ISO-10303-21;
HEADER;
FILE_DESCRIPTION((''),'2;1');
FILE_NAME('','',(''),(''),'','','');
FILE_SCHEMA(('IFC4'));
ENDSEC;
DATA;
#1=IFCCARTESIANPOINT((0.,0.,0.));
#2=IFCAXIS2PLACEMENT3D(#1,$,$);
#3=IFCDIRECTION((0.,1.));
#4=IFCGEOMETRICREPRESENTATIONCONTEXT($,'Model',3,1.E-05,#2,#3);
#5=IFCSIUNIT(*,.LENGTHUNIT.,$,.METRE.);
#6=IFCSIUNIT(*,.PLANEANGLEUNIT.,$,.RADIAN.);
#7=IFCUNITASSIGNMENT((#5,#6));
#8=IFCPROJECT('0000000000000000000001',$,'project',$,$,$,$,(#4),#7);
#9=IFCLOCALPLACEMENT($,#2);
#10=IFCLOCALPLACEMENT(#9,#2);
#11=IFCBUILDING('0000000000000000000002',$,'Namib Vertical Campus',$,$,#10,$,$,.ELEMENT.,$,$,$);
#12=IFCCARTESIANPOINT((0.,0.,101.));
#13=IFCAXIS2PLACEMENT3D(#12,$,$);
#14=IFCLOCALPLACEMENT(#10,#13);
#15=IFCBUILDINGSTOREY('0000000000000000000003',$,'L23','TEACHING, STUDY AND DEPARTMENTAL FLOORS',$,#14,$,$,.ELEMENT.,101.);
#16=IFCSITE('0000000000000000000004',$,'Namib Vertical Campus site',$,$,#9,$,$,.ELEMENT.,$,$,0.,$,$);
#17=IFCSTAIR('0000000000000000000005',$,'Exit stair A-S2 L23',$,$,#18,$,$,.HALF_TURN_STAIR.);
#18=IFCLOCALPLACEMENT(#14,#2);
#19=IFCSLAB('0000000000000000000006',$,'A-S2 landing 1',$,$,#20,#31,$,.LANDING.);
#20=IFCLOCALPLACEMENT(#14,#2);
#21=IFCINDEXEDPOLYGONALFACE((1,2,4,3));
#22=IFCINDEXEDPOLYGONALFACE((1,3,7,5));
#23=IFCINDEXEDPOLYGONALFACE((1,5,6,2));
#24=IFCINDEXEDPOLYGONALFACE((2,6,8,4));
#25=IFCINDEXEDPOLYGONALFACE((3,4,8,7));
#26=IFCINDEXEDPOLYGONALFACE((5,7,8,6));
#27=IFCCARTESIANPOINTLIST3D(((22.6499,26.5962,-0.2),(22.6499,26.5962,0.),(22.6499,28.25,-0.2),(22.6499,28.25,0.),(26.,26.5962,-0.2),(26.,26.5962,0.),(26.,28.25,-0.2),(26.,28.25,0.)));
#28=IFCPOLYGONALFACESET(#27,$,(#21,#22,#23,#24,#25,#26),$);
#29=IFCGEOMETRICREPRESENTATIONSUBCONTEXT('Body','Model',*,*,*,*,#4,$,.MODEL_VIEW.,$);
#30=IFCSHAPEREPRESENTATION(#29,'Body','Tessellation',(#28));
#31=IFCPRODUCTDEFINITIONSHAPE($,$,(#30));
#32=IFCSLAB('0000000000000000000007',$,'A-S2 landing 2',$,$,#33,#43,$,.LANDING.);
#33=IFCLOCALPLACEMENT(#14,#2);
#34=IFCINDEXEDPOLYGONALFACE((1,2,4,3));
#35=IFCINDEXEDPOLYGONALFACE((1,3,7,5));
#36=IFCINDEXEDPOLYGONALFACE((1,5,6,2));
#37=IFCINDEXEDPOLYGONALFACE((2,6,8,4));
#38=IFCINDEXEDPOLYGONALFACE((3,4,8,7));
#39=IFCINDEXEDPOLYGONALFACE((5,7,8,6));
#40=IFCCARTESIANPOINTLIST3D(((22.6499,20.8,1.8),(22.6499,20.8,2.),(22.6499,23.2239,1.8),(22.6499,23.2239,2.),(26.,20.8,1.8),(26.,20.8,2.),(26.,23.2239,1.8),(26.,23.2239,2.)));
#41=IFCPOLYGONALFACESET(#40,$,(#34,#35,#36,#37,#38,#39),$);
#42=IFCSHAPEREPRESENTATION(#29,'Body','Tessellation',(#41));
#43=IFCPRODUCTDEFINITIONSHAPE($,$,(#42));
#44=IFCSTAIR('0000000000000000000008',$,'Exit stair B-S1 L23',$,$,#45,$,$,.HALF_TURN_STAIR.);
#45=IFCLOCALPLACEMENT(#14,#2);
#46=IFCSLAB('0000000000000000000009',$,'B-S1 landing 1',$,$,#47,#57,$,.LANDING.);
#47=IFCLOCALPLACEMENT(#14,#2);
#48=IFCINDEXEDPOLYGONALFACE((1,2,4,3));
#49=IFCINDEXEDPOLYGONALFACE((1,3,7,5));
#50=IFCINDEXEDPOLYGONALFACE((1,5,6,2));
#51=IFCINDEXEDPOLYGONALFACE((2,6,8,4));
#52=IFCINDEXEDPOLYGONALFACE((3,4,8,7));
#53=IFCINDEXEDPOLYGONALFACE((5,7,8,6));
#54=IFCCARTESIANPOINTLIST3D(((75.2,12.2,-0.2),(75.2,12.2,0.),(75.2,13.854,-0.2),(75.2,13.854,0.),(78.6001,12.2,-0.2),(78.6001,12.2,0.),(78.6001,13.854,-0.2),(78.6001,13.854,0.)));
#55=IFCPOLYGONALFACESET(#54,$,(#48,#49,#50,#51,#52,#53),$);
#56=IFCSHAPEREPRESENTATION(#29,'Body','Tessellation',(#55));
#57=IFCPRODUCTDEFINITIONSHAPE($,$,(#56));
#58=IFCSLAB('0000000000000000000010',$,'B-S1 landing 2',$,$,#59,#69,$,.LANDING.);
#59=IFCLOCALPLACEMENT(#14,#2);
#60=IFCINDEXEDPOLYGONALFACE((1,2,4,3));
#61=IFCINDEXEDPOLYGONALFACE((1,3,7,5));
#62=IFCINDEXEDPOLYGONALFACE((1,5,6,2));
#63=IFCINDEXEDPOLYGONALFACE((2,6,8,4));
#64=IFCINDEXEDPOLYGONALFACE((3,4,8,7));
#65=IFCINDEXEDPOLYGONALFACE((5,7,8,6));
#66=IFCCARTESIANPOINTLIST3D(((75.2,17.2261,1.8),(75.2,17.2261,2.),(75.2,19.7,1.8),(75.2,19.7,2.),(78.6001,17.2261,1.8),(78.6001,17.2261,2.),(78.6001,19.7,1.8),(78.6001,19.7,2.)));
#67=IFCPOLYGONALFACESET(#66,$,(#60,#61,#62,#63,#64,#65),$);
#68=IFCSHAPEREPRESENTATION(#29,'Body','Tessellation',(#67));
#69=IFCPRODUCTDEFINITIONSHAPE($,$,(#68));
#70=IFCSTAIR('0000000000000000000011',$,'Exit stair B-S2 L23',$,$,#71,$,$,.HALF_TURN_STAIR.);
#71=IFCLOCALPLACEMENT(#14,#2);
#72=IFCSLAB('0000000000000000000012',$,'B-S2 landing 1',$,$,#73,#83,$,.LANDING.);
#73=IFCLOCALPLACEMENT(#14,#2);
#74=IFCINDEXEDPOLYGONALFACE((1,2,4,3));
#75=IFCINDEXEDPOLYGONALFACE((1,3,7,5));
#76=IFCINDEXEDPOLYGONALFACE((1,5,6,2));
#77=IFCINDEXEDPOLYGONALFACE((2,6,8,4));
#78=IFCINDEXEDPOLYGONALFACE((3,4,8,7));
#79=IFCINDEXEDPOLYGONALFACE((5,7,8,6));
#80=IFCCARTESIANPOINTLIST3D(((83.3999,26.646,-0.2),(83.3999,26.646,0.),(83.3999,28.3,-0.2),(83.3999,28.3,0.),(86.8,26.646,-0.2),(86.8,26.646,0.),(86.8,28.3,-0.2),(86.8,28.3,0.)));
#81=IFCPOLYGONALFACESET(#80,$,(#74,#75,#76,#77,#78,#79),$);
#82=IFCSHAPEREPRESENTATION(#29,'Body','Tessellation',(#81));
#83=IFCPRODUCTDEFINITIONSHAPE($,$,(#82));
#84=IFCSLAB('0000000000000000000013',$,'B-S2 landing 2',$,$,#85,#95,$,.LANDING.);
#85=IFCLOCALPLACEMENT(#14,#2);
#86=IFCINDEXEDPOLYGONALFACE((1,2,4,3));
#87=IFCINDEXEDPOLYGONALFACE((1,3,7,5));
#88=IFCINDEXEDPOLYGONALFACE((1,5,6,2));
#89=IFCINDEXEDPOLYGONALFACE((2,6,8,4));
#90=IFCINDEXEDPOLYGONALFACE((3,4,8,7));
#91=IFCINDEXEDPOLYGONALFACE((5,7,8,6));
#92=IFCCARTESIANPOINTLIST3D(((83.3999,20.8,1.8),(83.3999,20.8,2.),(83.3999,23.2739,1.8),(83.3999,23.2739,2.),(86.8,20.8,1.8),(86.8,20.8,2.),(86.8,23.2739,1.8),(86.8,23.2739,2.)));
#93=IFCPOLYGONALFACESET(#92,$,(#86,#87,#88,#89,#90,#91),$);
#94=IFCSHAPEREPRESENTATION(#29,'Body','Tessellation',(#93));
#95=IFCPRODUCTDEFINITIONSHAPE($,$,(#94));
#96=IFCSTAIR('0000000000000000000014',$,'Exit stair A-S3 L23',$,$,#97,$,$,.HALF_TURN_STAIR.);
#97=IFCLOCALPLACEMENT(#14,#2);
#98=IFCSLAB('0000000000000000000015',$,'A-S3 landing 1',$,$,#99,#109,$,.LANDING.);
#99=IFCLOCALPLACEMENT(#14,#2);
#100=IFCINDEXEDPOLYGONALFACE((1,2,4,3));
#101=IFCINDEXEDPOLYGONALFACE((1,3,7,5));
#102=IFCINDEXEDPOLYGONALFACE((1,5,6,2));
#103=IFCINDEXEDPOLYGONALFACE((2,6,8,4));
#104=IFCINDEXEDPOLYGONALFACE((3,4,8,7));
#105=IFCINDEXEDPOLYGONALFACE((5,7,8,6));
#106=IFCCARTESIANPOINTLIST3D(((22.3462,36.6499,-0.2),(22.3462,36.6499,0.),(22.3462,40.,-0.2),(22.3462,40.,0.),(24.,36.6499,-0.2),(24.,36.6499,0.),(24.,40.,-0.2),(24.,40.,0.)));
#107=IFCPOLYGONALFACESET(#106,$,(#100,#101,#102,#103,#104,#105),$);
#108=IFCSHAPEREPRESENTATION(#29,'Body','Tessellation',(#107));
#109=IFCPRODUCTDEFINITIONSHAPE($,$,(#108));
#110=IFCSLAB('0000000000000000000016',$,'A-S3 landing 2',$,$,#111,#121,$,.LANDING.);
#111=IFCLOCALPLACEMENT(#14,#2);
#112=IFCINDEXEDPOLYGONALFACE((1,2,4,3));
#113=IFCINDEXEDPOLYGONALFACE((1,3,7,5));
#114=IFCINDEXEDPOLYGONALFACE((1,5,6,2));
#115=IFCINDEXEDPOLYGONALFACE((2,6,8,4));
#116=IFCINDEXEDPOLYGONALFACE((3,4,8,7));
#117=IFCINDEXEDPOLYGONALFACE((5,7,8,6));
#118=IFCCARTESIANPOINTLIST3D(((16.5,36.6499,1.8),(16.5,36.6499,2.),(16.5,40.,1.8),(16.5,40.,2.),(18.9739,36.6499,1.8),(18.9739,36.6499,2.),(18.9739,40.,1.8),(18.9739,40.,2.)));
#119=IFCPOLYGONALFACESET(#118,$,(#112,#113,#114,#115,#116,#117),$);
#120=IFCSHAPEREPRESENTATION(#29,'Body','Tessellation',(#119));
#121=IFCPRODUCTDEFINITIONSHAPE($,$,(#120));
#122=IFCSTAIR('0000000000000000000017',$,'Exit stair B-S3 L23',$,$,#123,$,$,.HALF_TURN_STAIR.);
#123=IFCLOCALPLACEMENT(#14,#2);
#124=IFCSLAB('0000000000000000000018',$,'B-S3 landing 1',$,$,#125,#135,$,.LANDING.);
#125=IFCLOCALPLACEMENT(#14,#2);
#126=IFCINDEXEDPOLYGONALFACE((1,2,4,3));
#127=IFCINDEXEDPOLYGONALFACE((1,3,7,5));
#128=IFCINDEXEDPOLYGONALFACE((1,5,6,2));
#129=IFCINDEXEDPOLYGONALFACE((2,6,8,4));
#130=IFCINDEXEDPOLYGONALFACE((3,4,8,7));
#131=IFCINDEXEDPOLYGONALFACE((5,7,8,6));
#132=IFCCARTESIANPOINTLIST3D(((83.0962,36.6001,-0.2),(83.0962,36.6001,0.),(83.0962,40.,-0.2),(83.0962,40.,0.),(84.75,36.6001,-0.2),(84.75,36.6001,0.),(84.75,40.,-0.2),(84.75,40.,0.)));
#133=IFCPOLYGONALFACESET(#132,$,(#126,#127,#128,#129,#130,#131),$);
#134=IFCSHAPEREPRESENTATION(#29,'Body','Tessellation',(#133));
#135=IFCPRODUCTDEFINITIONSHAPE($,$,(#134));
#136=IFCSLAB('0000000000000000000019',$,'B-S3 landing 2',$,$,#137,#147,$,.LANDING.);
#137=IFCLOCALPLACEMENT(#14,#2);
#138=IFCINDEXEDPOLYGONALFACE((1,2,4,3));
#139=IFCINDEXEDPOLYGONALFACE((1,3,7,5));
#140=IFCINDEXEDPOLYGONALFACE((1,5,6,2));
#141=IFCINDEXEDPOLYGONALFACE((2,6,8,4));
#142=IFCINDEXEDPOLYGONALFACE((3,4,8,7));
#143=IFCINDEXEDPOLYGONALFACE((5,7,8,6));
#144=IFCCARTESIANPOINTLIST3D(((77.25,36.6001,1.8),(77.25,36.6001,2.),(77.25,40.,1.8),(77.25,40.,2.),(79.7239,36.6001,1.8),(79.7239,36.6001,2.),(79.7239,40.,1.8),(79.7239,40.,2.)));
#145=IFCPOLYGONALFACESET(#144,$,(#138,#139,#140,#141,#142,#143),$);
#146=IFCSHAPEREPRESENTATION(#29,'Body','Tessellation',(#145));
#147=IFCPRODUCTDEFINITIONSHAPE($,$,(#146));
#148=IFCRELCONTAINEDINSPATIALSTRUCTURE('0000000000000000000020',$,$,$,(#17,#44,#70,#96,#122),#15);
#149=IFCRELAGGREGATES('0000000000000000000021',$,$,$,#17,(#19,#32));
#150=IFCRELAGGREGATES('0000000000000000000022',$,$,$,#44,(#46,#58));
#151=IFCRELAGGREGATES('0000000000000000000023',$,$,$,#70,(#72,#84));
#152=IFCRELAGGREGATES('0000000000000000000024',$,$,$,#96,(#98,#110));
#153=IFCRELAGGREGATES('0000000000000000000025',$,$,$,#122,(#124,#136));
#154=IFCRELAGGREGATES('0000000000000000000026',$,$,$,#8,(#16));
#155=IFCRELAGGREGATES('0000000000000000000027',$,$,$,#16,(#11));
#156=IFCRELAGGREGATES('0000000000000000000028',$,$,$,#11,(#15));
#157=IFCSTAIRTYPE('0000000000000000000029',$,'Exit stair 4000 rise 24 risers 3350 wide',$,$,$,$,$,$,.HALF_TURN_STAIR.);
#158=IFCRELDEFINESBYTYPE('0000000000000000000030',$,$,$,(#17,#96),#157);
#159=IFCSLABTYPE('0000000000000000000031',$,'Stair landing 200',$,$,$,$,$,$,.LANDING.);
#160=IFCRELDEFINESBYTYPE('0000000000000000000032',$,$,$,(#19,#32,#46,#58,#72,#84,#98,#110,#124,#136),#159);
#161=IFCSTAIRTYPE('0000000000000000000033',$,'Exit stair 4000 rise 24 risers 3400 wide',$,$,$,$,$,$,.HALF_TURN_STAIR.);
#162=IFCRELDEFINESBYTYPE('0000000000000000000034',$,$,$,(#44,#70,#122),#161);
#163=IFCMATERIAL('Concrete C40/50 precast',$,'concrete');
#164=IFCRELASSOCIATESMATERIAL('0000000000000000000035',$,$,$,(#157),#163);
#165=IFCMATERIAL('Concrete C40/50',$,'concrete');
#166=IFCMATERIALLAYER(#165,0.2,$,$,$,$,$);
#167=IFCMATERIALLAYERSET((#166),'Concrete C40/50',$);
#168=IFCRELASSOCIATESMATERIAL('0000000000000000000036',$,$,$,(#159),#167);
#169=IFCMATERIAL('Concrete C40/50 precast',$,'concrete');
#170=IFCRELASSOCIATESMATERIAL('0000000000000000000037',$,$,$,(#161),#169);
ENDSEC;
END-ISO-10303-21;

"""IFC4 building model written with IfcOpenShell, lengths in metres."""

from ifc_helpers import new_model, si_unit, direction, frame, origin, place, context, subcontext, project, spatial, polyline, outline, extrude, material, layer, layer_set, type_object, element, aggregate, save


model = new_model("IFC4")

# Units and contexts
model_context = context("Model", 3, precision=1e-05, world=origin(), true_north=direction((0.0, 1.0)))
body_context = subcontext(model_context, "Body", "Model", "MODEL_VIEW")
ifc_project = project(units=[si_unit("LENGTHUNIT", "METRE"), si_unit("PLANEANGLEUNIT", "RADIAN")], contexts=[model_context])

# Site, building, storey
site_placement = place(None, origin())
site = spatial("IfcSite", under=ifc_project, at=site_placement, Name="Namib Vertical Campus site", CompositionType="ELEMENT", RefElevation=0.0)
building_placement = place(site_placement, origin())
building = spatial("IfcBuilding", under=site, at=building_placement, Name="Namib Vertical Campus", CompositionType="ELEMENT")
storey_placement = place(building_placement, frame((0.0, 0.0, 101.0)))
storey = spatial("IfcBuildingStorey", under=building, at=storey_placement, Name="L23", Description="TEACHING, STUDY AND DEPARTMENTAL FLOORS", CompositionType="ELEMENT", Elevation=101.0)

# Stairs, slabs
ifc_material_1 = material(Name="Concrete C40/50 precast", Category="concrete")
stair_type_1 = type_object("IfcStairType", Name="Exit stair 4000 rise 24 risers 3350 wide", PredefinedType="HALF_TURN_STAIR", material=ifc_material_1)
ifc_material_2 = material(Name="Concrete C40/50", Category="concrete")
ifc_layer_1 = layer(ifc_material_2, 0.2)
ifc_layer_set_1 = layer_set([ifc_layer_1], Name="Concrete C40/50")
slab_type_1 = type_object("IfcSlabType", Name="Stair landing 200", PredefinedType="LANDING", material=ifc_layer_set_1)
stair_1_placement = place(storey_placement, origin())
stair_1 = element("IfcStair", 1, at=stair_1_placement, inside=storey, type_object=stair_type_1, Name="Exit stair A-S2 L23", PredefinedType="HALF_TURN_STAIR")
slab_1_placement = place(storey_placement, frame((0.0, 0.0, -0.2)))
slab_1 = element("IfcSlab", 2, at=slab_1_placement, type_object=slab_type_1, Name="A-S2 landing 1", PredefinedType="LANDING", context=body_context, shape_type="SweptSolid", body=[
    extrude(outline(polyline([(22.6499, 26.5962), (26.0, 26.5962), (26.0, 28.25), (22.6499, 28.25), (22.6499, 26.5962)])), origin(), (0.0, 0.0, 1.0), 0.2),
])
slab_2_placement = place(storey_placement, frame((0.0, 0.0, 1.8)))
slab_2 = element("IfcSlab", 3, at=slab_2_placement, type_object=slab_type_1, Name="A-S2 landing 2", PredefinedType="LANDING", context=body_context, shape_type="SweptSolid", body=[
    extrude(outline(polyline([(22.6499, 20.8), (26.0, 20.8), (26.0, 23.2239), (22.6499, 23.2239), (22.6499, 20.8)])), origin(), (0.0, 0.0, 1.0), 0.2),
])
aggregate(stair_1, [slab_1, slab_2])
ifc_material_3 = material(Name="Concrete C40/50 precast", Category="concrete")
stair_type_2 = type_object("IfcStairType", Name="Exit stair 4000 rise 24 risers 3400 wide", PredefinedType="HALF_TURN_STAIR", material=ifc_material_3)
stair_2_placement = place(storey_placement, origin())
stair_2 = element("IfcStair", 4, at=stair_2_placement, inside=storey, type_object=stair_type_2, Name="Exit stair B-S1 L23", PredefinedType="HALF_TURN_STAIR")
slab_3_placement = place(storey_placement, frame((0.0, 0.0, -0.2)))
slab_3 = element("IfcSlab", 5, at=slab_3_placement, type_object=slab_type_1, Name="B-S1 landing 1", PredefinedType="LANDING", context=body_context, shape_type="SweptSolid", body=[
    extrude(outline(polyline([(75.2, 12.2), (78.6001, 12.2), (78.6001, 13.854), (75.2, 13.854), (75.2, 12.2)])), origin(), (0.0, 0.0, 1.0), 0.2),
])
slab_4_placement = place(storey_placement, frame((0.0, 0.0, 1.8)))
slab_4 = element("IfcSlab", 6, at=slab_4_placement, type_object=slab_type_1, Name="B-S1 landing 2", PredefinedType="LANDING", context=body_context, shape_type="SweptSolid", body=[
    extrude(outline(polyline([(75.2, 17.2261), (78.6001, 17.2261), (78.6001, 19.7), (75.2, 19.7), (75.2, 17.2261)])), origin(), (0.0, 0.0, 1.0), 0.2),
])
aggregate(stair_2, [slab_3, slab_4])
stair_3_placement = place(storey_placement, origin())
stair_3 = element("IfcStair", 7, at=stair_3_placement, inside=storey, type_object=stair_type_2, Name="Exit stair B-S2 L23", PredefinedType="HALF_TURN_STAIR")
slab_5_placement = place(storey_placement, frame((0.0, 0.0, -0.2)))
slab_5 = element("IfcSlab", 8, at=slab_5_placement, type_object=slab_type_1, Name="B-S2 landing 1", PredefinedType="LANDING", context=body_context, shape_type="SweptSolid", body=[
    extrude(outline(polyline([(83.3999, 26.646), (86.8, 26.646), (86.8, 28.3), (83.3999, 28.3), (83.3999, 26.646)])), origin(), (0.0, 0.0, 1.0), 0.2),
])
slab_6_placement = place(storey_placement, frame((0.0, 0.0, 1.8)))
slab_6 = element("IfcSlab", 9, at=slab_6_placement, type_object=slab_type_1, Name="B-S2 landing 2", PredefinedType="LANDING", context=body_context, shape_type="SweptSolid", body=[
    extrude(outline(polyline([(83.3999, 20.8), (86.8, 20.8), (86.8, 23.2739), (83.3999, 23.2739), (83.3999, 20.8)])), origin(), (0.0, 0.0, 1.0), 0.2),
])
aggregate(stair_3, [slab_5, slab_6])
stair_4_placement = place(storey_placement, origin())
stair_4 = element("IfcStair", 10, at=stair_4_placement, inside=storey, type_object=stair_type_1, Name="Exit stair A-S3 L23", PredefinedType="HALF_TURN_STAIR")
slab_7_placement = place(storey_placement, frame((0.0, 0.0, -0.2)))
slab_7 = element("IfcSlab", 11, at=slab_7_placement, type_object=slab_type_1, Name="A-S3 landing 1", PredefinedType="LANDING", context=body_context, shape_type="SweptSolid", body=[
    extrude(outline(polyline([(22.3462, 36.6499), (22.3462, 40.0), (24.0, 40.0), (24.0, 36.6499), (22.3462, 36.6499)])), origin(), (0.0, 0.0, 1.0), 0.2),
])
slab_8_placement = place(storey_placement, frame((0.0, 0.0, 1.8)))
slab_8 = element("IfcSlab", 12, at=slab_8_placement, type_object=slab_type_1, Name="A-S3 landing 2", PredefinedType="LANDING", context=body_context, shape_type="SweptSolid", body=[
    extrude(outline(polyline([(16.5, 36.6499), (16.5, 40.0), (18.9739, 40.0), (18.9739, 36.6499), (16.5, 36.6499)])), origin(), (0.0, 0.0, 1.0), 0.2),
])
aggregate(stair_4, [slab_7, slab_8])
stair_5_placement = place(storey_placement, origin())
stair_5 = element("IfcStair", 13, at=stair_5_placement, inside=storey, type_object=stair_type_2, Name="Exit stair B-S3 L23", PredefinedType="HALF_TURN_STAIR")
slab_9_placement = place(storey_placement, frame((0.0, 0.0, -0.2)))
slab_9 = element("IfcSlab", 14, at=slab_9_placement, type_object=slab_type_1, Name="B-S3 landing 1", PredefinedType="LANDING", context=body_context, shape_type="SweptSolid", body=[
    extrude(outline(polyline([(83.0962, 36.6001), (83.0962, 40.0), (84.75, 40.0), (84.75, 36.6001), (83.0962, 36.6001)])), origin(), (0.0, 0.0, 1.0), 0.2),
])
slab_10_placement = place(storey_placement, frame((0.0, 0.0, 1.8)))
slab_10 = element("IfcSlab", 15, at=slab_10_placement, type_object=slab_type_1, Name="B-S3 landing 2", PredefinedType="LANDING", context=body_context, shape_type="SweptSolid", body=[
    extrude(outline(polyline([(77.25, 36.6001), (77.25, 40.0), (79.7239, 40.0), (79.7239, 36.6001), (77.25, 36.6001)])), origin(), (0.0, 0.0, 1.0), 0.2),
])
aggregate(stair_5, [slab_9, slab_10])

save(model, "model.ifc")
